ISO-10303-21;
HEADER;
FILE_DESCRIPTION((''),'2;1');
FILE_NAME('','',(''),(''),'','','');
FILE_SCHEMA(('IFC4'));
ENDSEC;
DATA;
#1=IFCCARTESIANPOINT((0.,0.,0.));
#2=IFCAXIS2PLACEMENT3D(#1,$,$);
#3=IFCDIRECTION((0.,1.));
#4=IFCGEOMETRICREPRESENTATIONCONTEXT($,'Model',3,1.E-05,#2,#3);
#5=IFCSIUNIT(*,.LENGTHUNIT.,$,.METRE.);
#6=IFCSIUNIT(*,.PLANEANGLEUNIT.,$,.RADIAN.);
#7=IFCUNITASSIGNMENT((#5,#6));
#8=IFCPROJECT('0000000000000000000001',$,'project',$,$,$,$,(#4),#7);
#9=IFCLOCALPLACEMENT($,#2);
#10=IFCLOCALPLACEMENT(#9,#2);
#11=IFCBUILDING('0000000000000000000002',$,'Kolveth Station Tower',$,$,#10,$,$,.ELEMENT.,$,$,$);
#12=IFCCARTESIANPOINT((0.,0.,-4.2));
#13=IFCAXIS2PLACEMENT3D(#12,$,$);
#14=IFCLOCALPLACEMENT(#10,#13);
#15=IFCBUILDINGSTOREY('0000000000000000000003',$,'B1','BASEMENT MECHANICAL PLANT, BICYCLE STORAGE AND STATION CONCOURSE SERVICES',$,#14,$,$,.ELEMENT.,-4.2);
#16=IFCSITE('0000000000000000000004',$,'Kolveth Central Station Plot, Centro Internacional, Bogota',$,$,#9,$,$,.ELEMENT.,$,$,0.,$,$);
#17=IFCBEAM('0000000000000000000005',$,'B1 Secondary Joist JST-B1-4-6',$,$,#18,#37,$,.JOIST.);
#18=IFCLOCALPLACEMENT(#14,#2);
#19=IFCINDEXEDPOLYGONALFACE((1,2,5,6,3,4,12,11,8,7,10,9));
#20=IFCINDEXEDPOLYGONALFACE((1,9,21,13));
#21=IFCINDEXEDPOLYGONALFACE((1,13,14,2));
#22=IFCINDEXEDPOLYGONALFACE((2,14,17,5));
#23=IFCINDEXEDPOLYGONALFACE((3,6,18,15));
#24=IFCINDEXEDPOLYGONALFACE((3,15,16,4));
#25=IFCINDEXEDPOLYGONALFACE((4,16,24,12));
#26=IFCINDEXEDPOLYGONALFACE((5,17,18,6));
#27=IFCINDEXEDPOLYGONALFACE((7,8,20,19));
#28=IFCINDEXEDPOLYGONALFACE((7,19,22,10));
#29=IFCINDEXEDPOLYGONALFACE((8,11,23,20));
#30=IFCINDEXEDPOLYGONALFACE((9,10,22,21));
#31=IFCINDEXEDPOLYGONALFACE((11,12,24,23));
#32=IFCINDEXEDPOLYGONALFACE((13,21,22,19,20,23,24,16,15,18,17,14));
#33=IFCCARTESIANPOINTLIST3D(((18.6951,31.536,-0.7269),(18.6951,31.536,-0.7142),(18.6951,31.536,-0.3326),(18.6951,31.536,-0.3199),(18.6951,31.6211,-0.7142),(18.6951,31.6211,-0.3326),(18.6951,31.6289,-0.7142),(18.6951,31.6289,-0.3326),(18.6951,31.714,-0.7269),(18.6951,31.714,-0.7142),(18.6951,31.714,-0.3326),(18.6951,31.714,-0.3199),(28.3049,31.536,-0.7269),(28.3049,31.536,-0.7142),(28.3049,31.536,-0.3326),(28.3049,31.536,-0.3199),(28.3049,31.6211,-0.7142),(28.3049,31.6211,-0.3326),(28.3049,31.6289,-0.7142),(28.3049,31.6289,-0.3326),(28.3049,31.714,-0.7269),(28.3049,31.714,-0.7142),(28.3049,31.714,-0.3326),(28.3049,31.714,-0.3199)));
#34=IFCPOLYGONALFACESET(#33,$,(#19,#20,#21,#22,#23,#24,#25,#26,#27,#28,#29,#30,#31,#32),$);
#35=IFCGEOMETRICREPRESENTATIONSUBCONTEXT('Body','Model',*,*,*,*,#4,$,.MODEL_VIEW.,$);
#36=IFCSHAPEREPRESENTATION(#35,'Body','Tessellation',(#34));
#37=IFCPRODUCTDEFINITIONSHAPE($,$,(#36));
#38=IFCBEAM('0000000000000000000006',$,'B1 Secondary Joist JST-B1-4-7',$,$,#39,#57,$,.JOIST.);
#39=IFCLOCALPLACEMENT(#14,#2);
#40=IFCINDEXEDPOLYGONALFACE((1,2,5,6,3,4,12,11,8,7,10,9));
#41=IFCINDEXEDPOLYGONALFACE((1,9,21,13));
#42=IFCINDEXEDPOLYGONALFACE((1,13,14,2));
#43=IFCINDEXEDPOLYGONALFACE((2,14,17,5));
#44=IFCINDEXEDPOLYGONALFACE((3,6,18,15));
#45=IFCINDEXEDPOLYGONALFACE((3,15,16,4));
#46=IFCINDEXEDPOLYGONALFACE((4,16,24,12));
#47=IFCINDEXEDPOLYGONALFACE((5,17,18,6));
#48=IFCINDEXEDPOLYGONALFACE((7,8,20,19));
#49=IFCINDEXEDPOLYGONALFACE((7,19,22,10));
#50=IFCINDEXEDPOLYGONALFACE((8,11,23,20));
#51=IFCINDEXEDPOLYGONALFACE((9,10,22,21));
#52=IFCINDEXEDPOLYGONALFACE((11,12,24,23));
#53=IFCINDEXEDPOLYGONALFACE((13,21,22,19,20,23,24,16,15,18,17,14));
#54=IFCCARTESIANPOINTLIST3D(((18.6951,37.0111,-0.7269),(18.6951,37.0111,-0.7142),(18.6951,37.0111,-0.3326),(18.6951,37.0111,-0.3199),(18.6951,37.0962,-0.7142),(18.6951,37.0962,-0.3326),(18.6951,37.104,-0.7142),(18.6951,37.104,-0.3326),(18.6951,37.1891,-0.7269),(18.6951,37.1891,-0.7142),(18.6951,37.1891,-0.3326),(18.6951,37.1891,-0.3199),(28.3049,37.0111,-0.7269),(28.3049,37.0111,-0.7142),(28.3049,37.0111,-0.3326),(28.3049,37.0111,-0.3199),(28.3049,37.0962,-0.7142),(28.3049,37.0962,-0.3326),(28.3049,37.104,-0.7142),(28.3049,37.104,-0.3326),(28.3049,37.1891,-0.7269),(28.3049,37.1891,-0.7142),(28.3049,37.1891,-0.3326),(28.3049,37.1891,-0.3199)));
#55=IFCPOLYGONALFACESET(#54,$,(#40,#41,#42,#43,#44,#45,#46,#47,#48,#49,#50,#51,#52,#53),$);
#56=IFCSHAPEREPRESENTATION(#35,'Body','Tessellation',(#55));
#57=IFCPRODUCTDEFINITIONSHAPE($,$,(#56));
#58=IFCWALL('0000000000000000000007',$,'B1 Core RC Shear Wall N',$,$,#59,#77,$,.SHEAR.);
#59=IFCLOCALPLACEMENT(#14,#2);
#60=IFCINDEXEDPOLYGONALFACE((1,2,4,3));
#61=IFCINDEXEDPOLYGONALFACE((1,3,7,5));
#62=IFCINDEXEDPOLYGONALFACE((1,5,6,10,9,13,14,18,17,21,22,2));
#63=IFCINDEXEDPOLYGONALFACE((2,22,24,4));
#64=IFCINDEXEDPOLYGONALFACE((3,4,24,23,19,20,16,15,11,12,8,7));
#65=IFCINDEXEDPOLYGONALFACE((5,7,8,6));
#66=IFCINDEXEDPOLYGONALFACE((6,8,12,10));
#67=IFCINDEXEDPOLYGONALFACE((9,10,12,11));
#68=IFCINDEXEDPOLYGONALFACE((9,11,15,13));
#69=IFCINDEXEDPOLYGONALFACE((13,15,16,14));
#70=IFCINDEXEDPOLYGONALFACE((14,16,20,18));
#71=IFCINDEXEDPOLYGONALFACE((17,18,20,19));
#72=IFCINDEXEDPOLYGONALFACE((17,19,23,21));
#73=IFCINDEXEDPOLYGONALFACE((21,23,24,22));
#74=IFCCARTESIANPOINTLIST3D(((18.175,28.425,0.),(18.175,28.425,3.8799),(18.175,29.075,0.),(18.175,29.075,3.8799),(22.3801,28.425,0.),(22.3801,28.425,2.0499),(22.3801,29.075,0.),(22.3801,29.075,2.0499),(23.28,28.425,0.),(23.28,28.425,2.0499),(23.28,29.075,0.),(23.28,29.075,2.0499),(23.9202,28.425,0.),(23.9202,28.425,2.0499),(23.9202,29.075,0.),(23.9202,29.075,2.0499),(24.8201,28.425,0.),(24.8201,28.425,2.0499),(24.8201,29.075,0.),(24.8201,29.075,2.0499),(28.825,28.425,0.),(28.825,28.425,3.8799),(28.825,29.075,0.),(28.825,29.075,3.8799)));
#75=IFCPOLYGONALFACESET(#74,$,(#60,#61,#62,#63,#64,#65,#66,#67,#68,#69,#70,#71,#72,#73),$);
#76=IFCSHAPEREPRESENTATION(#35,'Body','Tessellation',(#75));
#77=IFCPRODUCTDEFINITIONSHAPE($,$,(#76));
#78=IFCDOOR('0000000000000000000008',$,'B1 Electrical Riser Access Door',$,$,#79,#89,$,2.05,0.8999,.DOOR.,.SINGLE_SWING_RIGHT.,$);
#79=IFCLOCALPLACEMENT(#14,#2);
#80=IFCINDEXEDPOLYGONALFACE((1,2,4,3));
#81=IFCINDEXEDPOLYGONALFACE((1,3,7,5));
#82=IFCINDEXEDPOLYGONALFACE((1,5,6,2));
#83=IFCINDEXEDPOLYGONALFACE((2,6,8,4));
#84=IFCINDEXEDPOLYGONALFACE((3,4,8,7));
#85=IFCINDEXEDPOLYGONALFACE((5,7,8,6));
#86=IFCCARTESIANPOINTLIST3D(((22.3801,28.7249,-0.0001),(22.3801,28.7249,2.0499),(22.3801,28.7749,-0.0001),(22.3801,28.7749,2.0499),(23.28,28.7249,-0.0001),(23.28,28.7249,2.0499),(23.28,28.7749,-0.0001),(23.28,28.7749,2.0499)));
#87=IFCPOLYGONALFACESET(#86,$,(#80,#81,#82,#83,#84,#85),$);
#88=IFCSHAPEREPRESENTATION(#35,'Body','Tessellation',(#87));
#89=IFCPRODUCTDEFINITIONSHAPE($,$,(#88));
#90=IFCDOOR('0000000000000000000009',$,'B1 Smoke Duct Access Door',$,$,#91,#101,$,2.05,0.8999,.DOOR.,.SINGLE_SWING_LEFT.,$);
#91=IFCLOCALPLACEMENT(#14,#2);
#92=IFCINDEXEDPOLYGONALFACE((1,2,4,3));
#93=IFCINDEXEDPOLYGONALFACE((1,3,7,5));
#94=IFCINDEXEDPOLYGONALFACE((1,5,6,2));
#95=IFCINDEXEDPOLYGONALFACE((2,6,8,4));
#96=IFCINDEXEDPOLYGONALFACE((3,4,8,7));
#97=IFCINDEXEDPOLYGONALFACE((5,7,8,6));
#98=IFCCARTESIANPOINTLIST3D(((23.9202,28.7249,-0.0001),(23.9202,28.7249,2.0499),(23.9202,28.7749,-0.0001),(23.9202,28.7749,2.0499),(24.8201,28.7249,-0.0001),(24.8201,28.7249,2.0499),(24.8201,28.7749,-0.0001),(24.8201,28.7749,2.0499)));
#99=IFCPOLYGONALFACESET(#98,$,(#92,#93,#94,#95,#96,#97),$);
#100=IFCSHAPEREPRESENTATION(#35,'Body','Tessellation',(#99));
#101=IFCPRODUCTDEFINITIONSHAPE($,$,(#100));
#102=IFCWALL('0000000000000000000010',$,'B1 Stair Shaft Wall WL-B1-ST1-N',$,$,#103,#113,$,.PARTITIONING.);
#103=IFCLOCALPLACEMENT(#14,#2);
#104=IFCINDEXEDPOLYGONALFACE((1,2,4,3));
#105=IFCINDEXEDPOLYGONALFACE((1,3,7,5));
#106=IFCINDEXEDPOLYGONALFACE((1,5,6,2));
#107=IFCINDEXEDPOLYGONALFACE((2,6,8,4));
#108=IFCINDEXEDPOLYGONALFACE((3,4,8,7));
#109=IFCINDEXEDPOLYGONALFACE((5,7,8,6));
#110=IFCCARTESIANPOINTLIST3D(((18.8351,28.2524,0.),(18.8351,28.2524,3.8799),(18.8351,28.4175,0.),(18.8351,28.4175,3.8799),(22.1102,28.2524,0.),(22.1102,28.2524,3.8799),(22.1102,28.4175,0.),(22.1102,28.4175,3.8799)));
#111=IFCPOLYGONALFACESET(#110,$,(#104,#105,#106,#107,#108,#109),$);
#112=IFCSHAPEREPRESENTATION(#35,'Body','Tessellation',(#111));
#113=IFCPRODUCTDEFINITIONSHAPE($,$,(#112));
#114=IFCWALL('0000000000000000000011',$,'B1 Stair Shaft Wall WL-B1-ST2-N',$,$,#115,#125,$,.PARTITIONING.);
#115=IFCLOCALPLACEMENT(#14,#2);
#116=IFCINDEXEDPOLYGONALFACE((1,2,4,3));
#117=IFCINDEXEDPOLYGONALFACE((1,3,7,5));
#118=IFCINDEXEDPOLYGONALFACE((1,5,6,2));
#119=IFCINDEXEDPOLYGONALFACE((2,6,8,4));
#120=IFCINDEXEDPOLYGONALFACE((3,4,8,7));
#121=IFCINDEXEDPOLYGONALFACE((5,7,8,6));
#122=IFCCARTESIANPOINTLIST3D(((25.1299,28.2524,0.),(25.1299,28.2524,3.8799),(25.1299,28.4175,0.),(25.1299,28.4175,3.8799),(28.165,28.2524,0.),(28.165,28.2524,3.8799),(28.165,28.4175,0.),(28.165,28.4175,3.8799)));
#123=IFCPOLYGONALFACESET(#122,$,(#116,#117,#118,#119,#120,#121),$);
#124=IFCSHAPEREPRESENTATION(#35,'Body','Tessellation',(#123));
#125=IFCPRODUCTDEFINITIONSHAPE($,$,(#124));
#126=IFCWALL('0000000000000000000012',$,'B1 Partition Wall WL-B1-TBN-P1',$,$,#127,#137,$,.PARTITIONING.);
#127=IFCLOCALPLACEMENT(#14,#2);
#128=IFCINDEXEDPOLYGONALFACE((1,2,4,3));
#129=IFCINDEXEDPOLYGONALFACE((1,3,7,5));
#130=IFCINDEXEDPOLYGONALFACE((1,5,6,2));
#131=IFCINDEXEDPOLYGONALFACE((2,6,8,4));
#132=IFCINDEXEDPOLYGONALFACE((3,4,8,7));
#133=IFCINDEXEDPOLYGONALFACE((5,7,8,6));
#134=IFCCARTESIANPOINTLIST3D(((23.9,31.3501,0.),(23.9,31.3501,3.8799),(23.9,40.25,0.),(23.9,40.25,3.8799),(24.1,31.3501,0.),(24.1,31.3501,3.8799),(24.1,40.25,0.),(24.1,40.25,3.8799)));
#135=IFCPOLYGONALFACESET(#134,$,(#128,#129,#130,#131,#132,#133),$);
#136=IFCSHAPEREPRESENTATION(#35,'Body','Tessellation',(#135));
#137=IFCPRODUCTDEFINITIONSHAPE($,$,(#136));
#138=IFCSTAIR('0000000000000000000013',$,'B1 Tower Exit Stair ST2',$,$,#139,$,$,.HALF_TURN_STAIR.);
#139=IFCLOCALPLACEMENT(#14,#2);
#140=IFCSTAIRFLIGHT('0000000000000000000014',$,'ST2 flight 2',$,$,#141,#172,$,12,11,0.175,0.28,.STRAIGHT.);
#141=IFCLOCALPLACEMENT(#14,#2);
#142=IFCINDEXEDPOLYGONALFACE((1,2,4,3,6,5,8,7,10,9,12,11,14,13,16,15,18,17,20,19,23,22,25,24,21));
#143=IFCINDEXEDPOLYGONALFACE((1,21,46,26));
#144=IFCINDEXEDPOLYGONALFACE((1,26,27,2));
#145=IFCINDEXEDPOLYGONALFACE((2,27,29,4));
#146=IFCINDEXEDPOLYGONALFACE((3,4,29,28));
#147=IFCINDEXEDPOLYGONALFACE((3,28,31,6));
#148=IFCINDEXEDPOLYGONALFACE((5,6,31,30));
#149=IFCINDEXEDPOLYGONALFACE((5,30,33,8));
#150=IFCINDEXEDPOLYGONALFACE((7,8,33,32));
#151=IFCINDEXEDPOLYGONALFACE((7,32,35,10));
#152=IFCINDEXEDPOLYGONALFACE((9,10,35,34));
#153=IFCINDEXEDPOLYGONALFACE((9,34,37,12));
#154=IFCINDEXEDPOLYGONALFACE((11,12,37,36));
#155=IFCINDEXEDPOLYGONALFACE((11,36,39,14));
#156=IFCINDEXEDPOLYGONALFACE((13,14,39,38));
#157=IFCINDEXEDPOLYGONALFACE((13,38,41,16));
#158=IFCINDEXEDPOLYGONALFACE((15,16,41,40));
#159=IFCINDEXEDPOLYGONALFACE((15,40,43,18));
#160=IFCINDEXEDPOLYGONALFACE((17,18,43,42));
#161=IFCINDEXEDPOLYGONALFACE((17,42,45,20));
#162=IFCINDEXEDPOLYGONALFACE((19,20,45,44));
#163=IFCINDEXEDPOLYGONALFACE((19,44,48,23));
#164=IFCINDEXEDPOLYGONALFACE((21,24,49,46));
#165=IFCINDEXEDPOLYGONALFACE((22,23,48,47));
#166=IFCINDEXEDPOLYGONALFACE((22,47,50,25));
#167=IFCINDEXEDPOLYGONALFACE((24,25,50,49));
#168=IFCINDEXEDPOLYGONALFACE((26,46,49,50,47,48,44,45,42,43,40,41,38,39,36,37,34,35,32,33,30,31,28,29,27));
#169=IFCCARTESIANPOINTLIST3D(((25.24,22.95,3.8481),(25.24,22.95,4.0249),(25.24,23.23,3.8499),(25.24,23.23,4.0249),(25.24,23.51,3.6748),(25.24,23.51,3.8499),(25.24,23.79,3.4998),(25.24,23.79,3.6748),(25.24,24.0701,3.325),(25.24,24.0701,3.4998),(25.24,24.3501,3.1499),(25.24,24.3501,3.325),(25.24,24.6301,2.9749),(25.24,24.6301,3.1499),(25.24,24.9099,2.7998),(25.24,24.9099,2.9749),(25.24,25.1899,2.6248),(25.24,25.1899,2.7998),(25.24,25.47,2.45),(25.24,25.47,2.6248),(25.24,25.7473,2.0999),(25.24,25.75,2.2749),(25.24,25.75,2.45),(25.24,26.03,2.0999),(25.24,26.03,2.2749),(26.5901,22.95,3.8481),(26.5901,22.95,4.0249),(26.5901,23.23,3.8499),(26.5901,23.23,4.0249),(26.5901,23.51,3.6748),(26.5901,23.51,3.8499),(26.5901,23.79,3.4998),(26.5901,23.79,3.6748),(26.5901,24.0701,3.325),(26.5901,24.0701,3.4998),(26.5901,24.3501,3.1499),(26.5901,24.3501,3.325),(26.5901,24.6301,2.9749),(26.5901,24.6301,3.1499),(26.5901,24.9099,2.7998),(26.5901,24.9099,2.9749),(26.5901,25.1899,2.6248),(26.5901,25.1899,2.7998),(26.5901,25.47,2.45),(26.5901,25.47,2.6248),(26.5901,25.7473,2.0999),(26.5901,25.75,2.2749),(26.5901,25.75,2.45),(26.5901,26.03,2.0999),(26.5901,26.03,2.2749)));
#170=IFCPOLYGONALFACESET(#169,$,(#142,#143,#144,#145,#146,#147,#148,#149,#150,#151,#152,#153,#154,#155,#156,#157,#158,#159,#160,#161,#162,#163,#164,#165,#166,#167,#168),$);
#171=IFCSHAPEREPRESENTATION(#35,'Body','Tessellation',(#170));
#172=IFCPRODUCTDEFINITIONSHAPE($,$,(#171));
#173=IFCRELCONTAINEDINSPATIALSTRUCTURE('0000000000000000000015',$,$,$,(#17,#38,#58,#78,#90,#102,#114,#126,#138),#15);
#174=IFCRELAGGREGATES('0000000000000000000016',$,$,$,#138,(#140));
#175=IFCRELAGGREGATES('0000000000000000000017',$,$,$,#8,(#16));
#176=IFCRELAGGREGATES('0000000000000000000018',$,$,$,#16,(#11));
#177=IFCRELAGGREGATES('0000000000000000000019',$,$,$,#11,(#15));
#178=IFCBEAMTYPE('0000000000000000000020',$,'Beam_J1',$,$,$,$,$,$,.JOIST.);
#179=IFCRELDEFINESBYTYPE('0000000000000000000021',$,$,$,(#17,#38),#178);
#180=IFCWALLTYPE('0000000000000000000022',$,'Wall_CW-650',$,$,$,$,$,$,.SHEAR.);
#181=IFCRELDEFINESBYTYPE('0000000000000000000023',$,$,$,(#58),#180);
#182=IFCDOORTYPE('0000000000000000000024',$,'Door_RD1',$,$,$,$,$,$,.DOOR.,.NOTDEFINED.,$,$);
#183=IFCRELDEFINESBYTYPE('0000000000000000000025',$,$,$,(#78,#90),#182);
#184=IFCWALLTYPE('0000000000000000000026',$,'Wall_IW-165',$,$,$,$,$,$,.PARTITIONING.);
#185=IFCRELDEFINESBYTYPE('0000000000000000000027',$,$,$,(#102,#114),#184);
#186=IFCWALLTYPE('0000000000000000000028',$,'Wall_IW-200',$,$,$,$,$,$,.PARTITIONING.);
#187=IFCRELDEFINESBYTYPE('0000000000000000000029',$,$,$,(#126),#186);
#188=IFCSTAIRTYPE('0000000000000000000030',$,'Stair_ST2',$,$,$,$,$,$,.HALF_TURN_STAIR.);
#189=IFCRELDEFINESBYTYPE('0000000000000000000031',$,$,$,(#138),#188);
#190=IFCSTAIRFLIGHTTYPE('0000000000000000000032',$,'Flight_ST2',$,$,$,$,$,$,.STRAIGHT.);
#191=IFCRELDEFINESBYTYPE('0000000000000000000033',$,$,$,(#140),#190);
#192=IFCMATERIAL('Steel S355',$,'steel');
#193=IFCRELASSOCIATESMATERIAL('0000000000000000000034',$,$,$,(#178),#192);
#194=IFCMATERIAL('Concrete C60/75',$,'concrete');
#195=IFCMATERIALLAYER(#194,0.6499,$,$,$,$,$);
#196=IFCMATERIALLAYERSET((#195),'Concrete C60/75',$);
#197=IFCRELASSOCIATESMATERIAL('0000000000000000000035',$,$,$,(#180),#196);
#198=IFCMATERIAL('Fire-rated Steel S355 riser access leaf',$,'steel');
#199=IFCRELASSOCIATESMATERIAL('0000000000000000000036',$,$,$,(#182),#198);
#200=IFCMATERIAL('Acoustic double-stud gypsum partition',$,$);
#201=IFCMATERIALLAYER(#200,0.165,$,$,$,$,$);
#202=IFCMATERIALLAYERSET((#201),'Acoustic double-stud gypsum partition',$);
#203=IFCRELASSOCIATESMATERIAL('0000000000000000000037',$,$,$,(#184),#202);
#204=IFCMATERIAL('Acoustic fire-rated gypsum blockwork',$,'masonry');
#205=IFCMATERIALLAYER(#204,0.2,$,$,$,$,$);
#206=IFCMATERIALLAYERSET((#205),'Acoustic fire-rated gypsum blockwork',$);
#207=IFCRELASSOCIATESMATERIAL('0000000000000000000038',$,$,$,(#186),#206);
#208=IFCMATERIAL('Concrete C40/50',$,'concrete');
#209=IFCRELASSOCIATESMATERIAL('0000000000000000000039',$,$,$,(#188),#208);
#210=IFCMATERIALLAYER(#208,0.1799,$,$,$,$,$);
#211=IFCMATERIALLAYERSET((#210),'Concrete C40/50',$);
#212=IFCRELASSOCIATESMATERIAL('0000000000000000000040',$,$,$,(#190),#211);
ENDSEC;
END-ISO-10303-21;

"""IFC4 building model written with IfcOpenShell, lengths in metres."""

from ifc_helpers import new_model, si_unit, direction, frame, frame_2d, origin, origin_2d, place, context, subcontext, project, spatial, polyline, rectangle, i_section, outline, extrude, source, transform, mapped, material, layer, layer_set, material_profile, profile_set, type_object, element, fill, aggregate, save


model = new_model("IFC4")

# Units and contexts
model_context = context("Model", 3, precision=1e-05, world=origin(), true_north=direction((0.0, 1.0)))
body_context = subcontext(model_context, "Body", "Model", "MODEL_VIEW")
ifc_project = project(units=[si_unit("LENGTHUNIT", "METRE"), si_unit("PLANEANGLEUNIT", "RADIAN")], contexts=[model_context])

# Site, building, storey
site_placement = place(None, origin())
site = spatial("IfcSite", under=ifc_project, at=site_placement, Name="Kolveth Central Station Plot, Centro Internacional, Bogota", CompositionType="ELEMENT", RefElevation=0.0)
building_placement = place(site_placement, origin())
building = spatial("IfcBuilding", under=site, at=building_placement, Name="Kolveth Station Tower", CompositionType="ELEMENT")
storey_placement = place(building_placement, frame((0.0, 0.0, -4.2)))
storey = spatial("IfcBuildingStorey", under=building, at=storey_placement, Name="B1", Description="BASEMENT MECHANICAL PLANT, BICYCLE STORAGE AND STATION CONCOURSE SERVICES", CompositionType="ELEMENT", Elevation=-4.2)

# Beams
ifc_material_1 = material(Name="Steel S355", Category="steel")
ifc_material_2 = material(Name="Concrete C60/75", Category="concrete")
ifc_material_profile_1 = material_profile(ifc_material_1, i_section(OverallWidth=0.178, OverallDepth=0.407, WebThickness=0.0078, FlangeThickness=0.0127, at=origin_2d()), Name="W410x60")
ifc_profile_set_1 = profile_set([ifc_material_profile_1], Name="Steel S355")
beam_type_1 = type_object("IfcBeamType", Name="Beam_J1", PredefinedType="JOIST", material=ifc_profile_set_1)
shared_shape_1 = source(origin(), body_context, "Body", "SweptSolid", [
    extrude(i_section(OverallWidth=0.178, OverallDepth=0.407, WebThickness=0.0078, FlangeThickness=0.0127, at=origin_2d()), origin(), (0.0, 0.0, 1.0), 9.6099),
])
for number, where, z_axis, x_axis, name in (
    (1, (18.6951, 31.625, -0.5234), (1.0, 0.0, 0.0), (0.0, 1.0, 0.0), "B1 Secondary Joist JST-B1-4-6"),
    (2, (18.6951, 37.1001, -0.5234), (1.0, 0.0, 0.0), (0.0, 1.0, 0.0), "B1 Secondary Joist JST-B1-4-7"),
):
    element("IfcBeam", number, at=place(storey_placement, frame(where, z_axis=z_axis, x_axis=x_axis)), inside=storey, type_object=beam_type_1, Name=name, PredefinedType="JOIST", context=body_context, shape_type="MappedRepresentation", body=[
        mapped(shared_shape_1, transform((0.0, 0.0, 0.0), x_axis=(1.0, 0.0, 0.0), y_axis=(0.0, 1.0, 0.0), z_axis=(0.0, 0.0, 1.0), scale=1.0)),
    ])

# Wall, openings, doors
ifc_layer_1 = layer(ifc_material_2, 0.6499)
ifc_layer_set_1 = layer_set([ifc_layer_1], Name="Concrete C60/75")
wall_type_1 = type_object("IfcWallType", Name="Wall_CW-650", PredefinedType="SHEAR", material=ifc_layer_set_1)
wall_1_placement = place(storey_placement, frame((18.175, 28.75, 0.0), z_axis=(0.0, 0.0, 1.0), x_axis=(1.0, 0.0, 0.0)))
wall_1 = element("IfcWall", 3, at=wall_1_placement, inside=storey, type_object=wall_type_1, Name="B1 Core RC Shear Wall N", PredefinedType="SHEAR", context=body_context, shape_type="SweptSolid", body=[
    extrude(rectangle(XDim=10.6499, YDim=0.6499, at=frame_2d((5.325, 0.0))), origin(), (0.0, 0.0, 1.0), 3.8799),
])
opening_1_placement = place(wall_1_placement, frame((4.2051, 0.0, 0.0)))
opening_1 = element("IfcOpeningElement", 4, at=opening_1_placement, cuts=wall_1, PredefinedType="OPENING", context=body_context, shape_type="SweptSolid", body=[
    extrude(rectangle(XDim=0.8999, YDim=2.05, at=frame_2d((0.45, 1.0249))), frame((0.0, 0.335, 0.0), z_axis=(0.0, -1.0, 0.0), x_axis=(1.0, 0.0, 0.0)), (0.0, 0.0, 1.0), 0.6699),
])
opening_2_placement = place(wall_1_placement, frame((5.7451, 0.0, 0.0)))
opening_2 = element("IfcOpeningElement", 5, at=opening_2_placement, cuts=wall_1, PredefinedType="OPENING", context=body_context, shape_type="SweptSolid", body=[
    extrude(rectangle(XDim=0.8999, YDim=2.05, at=frame_2d((0.45, 1.0249))), frame((0.0, 0.335, 0.0), z_axis=(0.0, -1.0, 0.0), x_axis=(1.0, 0.0, 0.0)), (0.0, 0.0, 1.0), 0.6699),
])
ifc_material_3 = material(Name="Fire-rated Steel S355 riser access leaf", Category="steel")
door_type = type_object("IfcDoorType", Name="Door_RD1", OperationType="NOTDEFINED", PredefinedType="DOOR", material=ifc_material_3)
door_1_placement = place(opening_1_placement, origin())
door_1 = element("IfcDoor", 6, at=door_1_placement, inside=storey, type_object=door_type, Name="B1 Electrical Riser Access Door", OperationType="SINGLE_SWING_RIGHT", OverallHeight=2.05, OverallWidth=0.8999, PredefinedType="DOOR", context=body_context, shape_type="SweptSolid", body=[
    extrude(rectangle(XDim=0.8999, YDim=2.05, at=frame_2d((0.45, 1.0249))), frame((0.0, 0.0249, 0.0), z_axis=(0.0, -1.0, 0.0), x_axis=(1.0, 0.0, 0.0)), (0.0, 0.0, 1.0), 0.05),
])
fill(opening_1, door_1)
door_2_placement = place(opening_2_placement, origin())
door_2 = element("IfcDoor", 7, at=door_2_placement, inside=storey, type_object=door_type, Name="B1 Smoke Duct Access Door", OperationType="SINGLE_SWING_LEFT", OverallHeight=2.05, OverallWidth=0.8999, PredefinedType="DOOR", context=body_context, shape_type="SweptSolid", body=[
    extrude(rectangle(XDim=0.8999, YDim=2.05, at=frame_2d((0.45, 1.0249))), frame((0.0, 0.0249, 0.0), z_axis=(0.0, -1.0, 0.0), x_axis=(1.0, 0.0, 0.0)), (0.0, 0.0, 1.0), 0.05),
])
fill(opening_2, door_2)

# Walls
ifc_material_4 = material(Name="Acoustic double-stud gypsum partition")
ifc_layer_2 = layer(ifc_material_4, 0.165)
ifc_layer_set_2 = layer_set([ifc_layer_2], Name="Acoustic double-stud gypsum partition")
wall_type_2 = type_object("IfcWallType", Name="Wall_IW-165", PredefinedType="PARTITIONING", material=ifc_layer_set_2)
wall_2_placement = place(storey_placement, frame((18.835, 28.335, 0.0), z_axis=(0.0, 0.0, 1.0), x_axis=(1.0, 0.0, 0.0)))
element("IfcWall", 8, at=wall_2_placement, inside=storey, type_object=wall_type_2, Name="B1 Stair Shaft Wall WL-B1-ST1-N", PredefinedType="PARTITIONING", context=body_context, shape_type="SweptSolid", body=[
    extrude(rectangle(XDim=3.2751, YDim=0.165, at=frame_2d((1.6377, 0.0))), origin(), (0.0, 0.0, 1.0), 3.8799),
])
wall_3_placement = place(storey_placement, frame((25.1299, 28.335, 0.0), z_axis=(0.0, 0.0, 1.0), x_axis=(1.0, 0.0, 0.0)))
element("IfcWall", 9, at=wall_3_placement, inside=storey, type_object=wall_type_2, Name="B1 Stair Shaft Wall WL-B1-ST2-N", PredefinedType="PARTITIONING", context=body_context, shape_type="SweptSolid", body=[
    extrude(rectangle(XDim=3.0352, YDim=0.165, at=frame_2d((1.5176, 0.0))), origin(), (0.0, 0.0, 1.0), 3.8799),
])
ifc_material_5 = material(Name="Acoustic fire-rated gypsum blockwork", Category="masonry")
ifc_layer_3 = layer(ifc_material_5, 0.2)
ifc_layer_set_3 = layer_set([ifc_layer_3], Name="Acoustic fire-rated gypsum blockwork")
wall_type_3 = type_object("IfcWallType", Name="Wall_IW-200", PredefinedType="PARTITIONING", material=ifc_layer_set_3)
wall_4_placement = place(storey_placement, frame((24.0, 31.3501, 0.0), z_axis=(0.0, 0.0, 1.0), x_axis=(0.0, 1.0, 0.0)))
element("IfcWall", 10, at=wall_4_placement, inside=storey, type_object=wall_type_3, Name="B1 Partition Wall WL-B1-TBN-P1", PredefinedType="PARTITIONING", context=body_context, shape_type="SweptSolid", body=[
    extrude(rectangle(XDim=8.8999, YDim=0.2, at=frame_2d((4.45, 0.0))), origin(), (0.0, 0.0, 1.0), 3.8799),
])

# Stair, stair flight
ifc_material_6 = material(Name="Concrete C40/50", Category="concrete")
stair_type = type_object("IfcStairType", Name="Stair_ST2", PredefinedType="HALF_TURN_STAIR", material=ifc_material_6)
stair_placement = place(storey_placement, origin())
stair = element("IfcStair", 11, at=stair_placement, inside=storey, type_object=stair_type, Name="B1 Tower Exit Stair ST2", PredefinedType="HALF_TURN_STAIR")
ifc_layer_4 = layer(ifc_material_6, 0.1799)
ifc_layer_set_4 = layer_set([ifc_layer_4], Name="Concrete C40/50")
stair_flight_type = type_object("IfcStairFlightType", Name="Flight_ST2", PredefinedType="STRAIGHT", material=ifc_layer_set_4)
stair_flight_placement = place(storey_placement, frame((25.915, 26.03, 2.0999), z_axis=(0.0, 0.0, 1.0), x_axis=(0.0, -1.0, 0.0)))
stair_flight = element("IfcStairFlight", 12, at=stair_flight_placement, type_object=stair_flight_type, Name="ST2 flight 2", NumberOfRisers=12, NumberOfTreads=11, PredefinedType="STRAIGHT", RiserHeight=0.175, TreadLength=0.28, context=body_context, shape_type="SweptSolid", body=[
    extrude(outline(polyline([(0.0, 0.0), (0.0, 0.175), (0.28, 0.175), (0.28, 0.3501), (0.5601, 0.3501), (0.5601, 0.5249), (0.8401, 0.5249), (0.8401, 0.7), (1.1201, 0.7), (1.1201, 0.875), (1.3999, 0.875), (1.3999, 1.05), (1.6799, 1.05), (1.6799, 1.2251), (1.96, 1.2251), (1.96, 1.3999), (2.24, 1.3999), (2.24, 1.575), (2.52, 1.575), (2.52, 1.75), (2.8, 1.75), (2.8, 1.925), (3.0801, 1.925), (3.0801, 2.1001), (3.0801, 1.7483), (0.2827, 0.0), (0.0, 0.0)])), frame((0.0, 0.675, 0.0), z_axis=(0.0, -1.0, 0.0), x_axis=(1.0, 0.0, 0.0)), (0.0, 0.0, 1.0), 1.3501),
])
aggregate(stair, [stair_flight])

save(model, "model.ifc")
